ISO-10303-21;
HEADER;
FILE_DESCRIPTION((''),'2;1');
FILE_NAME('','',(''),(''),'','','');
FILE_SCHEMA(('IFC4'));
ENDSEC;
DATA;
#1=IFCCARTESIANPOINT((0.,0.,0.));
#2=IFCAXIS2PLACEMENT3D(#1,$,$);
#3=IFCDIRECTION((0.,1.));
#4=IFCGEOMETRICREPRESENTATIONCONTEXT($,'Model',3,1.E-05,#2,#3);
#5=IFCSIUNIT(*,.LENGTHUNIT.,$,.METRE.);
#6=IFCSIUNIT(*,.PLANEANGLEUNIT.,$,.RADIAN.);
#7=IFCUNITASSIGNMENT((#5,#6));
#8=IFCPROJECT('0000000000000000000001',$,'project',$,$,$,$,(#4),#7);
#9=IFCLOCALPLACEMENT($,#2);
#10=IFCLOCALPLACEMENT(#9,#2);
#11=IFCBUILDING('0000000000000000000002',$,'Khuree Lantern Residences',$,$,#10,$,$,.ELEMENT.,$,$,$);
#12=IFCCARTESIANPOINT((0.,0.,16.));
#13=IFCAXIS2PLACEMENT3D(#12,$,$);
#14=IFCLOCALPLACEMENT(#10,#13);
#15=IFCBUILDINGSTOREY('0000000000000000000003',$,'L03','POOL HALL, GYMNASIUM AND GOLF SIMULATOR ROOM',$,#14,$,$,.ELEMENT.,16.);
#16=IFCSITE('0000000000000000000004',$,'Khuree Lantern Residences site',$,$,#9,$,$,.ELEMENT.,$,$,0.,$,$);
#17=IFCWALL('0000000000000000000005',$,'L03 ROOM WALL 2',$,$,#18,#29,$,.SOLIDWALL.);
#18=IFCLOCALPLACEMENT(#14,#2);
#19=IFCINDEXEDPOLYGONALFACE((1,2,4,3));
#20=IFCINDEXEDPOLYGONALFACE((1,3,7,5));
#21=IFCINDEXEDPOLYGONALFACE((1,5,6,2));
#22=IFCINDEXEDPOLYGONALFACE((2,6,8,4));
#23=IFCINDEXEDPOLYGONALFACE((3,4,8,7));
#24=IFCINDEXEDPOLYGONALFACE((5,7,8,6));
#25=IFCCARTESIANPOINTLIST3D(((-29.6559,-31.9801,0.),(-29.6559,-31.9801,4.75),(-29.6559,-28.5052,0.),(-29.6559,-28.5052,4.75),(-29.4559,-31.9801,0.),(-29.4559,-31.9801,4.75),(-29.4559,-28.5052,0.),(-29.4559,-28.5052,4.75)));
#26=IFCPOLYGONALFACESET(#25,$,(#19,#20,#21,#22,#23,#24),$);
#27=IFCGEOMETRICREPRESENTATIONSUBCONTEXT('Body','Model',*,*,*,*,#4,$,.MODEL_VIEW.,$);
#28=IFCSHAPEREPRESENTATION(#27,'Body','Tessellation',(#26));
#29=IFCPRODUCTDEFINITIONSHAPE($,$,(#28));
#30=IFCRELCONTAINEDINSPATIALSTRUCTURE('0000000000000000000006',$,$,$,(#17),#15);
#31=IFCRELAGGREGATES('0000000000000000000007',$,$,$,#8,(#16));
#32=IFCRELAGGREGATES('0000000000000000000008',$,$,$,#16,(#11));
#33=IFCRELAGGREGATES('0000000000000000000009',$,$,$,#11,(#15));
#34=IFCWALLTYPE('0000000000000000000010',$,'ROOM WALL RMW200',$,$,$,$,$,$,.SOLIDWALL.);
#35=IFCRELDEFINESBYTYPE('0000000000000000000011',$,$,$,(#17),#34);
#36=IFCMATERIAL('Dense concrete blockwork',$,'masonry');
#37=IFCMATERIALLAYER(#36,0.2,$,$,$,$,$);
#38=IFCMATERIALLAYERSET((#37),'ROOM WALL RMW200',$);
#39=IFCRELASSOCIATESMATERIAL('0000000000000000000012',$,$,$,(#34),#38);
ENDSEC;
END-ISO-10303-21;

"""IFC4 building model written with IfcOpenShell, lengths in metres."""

from ifc_helpers import new_model, si_unit, direction, frame, frame_2d, origin, place, context, subcontext, project, spatial, rectangle, extrude, material, layer, layer_set, type_object, element, save


model = new_model("IFC4")

# Units and contexts
model_context = context("Model", 3, precision=1e-05, world=origin(), true_north=direction((0.0, 1.0)))
body_context = subcontext(model_context, "Body", "Model", "MODEL_VIEW")
ifc_project = project(units=[si_unit("LENGTHUNIT", "METRE"), si_unit("PLANEANGLEUNIT", "RADIAN")], contexts=[model_context])

# Site, building, storey
site_placement = place(None, origin())
site = spatial("IfcSite", under=ifc_project, at=site_placement, Name="Khuree Lantern Residences site", CompositionType="ELEMENT", RefElevation=0.0)
building_placement = place(site_placement, origin())
building = spatial("IfcBuilding", under=site, at=building_placement, Name="Khuree Lantern Residences", CompositionType="ELEMENT")
storey_placement = place(building_placement, frame((0.0, 0.0, 16.0)))
storey = spatial("IfcBuildingStorey", under=building, at=storey_placement, Name="L03", Description="POOL HALL, GYMNASIUM AND GOLF SIMULATOR ROOM", CompositionType="ELEMENT", Elevation=16.0)

# Wall
ifc_material_1 = material(Name="Dense concrete blockwork", Category="masonry")
ifc_layer_1 = layer(ifc_material_1, 0.2)
ifc_layer_set_1 = layer_set([ifc_layer_1], Name="ROOM WALL RMW200")
wall_type_1 = type_object("IfcWallType", Name="ROOM WALL RMW200", PredefinedType="SOLIDWALL", material=ifc_layer_set_1)
wall_1_placement = place(storey_placement, frame((-29.5559, -31.98, 0.0), z_axis=(0.0, 0.0, 1.0), x_axis=(0.0, 1.0, 0.0)))
element("IfcWall", 1, at=wall_1_placement, inside=storey, type_object=wall_type_1, Name="L03 ROOM WALL 2", PredefinedType="SOLIDWALL", context=body_context, shape_type="SweptSolid", body=[
    extrude(rectangle(XDim=3.4749, YDim=0.2, at=frame_2d((1.7373, 0.0))), origin(), (0.0, 0.0, 1.0), 4.75),
])

save(model, "model.ifc")
